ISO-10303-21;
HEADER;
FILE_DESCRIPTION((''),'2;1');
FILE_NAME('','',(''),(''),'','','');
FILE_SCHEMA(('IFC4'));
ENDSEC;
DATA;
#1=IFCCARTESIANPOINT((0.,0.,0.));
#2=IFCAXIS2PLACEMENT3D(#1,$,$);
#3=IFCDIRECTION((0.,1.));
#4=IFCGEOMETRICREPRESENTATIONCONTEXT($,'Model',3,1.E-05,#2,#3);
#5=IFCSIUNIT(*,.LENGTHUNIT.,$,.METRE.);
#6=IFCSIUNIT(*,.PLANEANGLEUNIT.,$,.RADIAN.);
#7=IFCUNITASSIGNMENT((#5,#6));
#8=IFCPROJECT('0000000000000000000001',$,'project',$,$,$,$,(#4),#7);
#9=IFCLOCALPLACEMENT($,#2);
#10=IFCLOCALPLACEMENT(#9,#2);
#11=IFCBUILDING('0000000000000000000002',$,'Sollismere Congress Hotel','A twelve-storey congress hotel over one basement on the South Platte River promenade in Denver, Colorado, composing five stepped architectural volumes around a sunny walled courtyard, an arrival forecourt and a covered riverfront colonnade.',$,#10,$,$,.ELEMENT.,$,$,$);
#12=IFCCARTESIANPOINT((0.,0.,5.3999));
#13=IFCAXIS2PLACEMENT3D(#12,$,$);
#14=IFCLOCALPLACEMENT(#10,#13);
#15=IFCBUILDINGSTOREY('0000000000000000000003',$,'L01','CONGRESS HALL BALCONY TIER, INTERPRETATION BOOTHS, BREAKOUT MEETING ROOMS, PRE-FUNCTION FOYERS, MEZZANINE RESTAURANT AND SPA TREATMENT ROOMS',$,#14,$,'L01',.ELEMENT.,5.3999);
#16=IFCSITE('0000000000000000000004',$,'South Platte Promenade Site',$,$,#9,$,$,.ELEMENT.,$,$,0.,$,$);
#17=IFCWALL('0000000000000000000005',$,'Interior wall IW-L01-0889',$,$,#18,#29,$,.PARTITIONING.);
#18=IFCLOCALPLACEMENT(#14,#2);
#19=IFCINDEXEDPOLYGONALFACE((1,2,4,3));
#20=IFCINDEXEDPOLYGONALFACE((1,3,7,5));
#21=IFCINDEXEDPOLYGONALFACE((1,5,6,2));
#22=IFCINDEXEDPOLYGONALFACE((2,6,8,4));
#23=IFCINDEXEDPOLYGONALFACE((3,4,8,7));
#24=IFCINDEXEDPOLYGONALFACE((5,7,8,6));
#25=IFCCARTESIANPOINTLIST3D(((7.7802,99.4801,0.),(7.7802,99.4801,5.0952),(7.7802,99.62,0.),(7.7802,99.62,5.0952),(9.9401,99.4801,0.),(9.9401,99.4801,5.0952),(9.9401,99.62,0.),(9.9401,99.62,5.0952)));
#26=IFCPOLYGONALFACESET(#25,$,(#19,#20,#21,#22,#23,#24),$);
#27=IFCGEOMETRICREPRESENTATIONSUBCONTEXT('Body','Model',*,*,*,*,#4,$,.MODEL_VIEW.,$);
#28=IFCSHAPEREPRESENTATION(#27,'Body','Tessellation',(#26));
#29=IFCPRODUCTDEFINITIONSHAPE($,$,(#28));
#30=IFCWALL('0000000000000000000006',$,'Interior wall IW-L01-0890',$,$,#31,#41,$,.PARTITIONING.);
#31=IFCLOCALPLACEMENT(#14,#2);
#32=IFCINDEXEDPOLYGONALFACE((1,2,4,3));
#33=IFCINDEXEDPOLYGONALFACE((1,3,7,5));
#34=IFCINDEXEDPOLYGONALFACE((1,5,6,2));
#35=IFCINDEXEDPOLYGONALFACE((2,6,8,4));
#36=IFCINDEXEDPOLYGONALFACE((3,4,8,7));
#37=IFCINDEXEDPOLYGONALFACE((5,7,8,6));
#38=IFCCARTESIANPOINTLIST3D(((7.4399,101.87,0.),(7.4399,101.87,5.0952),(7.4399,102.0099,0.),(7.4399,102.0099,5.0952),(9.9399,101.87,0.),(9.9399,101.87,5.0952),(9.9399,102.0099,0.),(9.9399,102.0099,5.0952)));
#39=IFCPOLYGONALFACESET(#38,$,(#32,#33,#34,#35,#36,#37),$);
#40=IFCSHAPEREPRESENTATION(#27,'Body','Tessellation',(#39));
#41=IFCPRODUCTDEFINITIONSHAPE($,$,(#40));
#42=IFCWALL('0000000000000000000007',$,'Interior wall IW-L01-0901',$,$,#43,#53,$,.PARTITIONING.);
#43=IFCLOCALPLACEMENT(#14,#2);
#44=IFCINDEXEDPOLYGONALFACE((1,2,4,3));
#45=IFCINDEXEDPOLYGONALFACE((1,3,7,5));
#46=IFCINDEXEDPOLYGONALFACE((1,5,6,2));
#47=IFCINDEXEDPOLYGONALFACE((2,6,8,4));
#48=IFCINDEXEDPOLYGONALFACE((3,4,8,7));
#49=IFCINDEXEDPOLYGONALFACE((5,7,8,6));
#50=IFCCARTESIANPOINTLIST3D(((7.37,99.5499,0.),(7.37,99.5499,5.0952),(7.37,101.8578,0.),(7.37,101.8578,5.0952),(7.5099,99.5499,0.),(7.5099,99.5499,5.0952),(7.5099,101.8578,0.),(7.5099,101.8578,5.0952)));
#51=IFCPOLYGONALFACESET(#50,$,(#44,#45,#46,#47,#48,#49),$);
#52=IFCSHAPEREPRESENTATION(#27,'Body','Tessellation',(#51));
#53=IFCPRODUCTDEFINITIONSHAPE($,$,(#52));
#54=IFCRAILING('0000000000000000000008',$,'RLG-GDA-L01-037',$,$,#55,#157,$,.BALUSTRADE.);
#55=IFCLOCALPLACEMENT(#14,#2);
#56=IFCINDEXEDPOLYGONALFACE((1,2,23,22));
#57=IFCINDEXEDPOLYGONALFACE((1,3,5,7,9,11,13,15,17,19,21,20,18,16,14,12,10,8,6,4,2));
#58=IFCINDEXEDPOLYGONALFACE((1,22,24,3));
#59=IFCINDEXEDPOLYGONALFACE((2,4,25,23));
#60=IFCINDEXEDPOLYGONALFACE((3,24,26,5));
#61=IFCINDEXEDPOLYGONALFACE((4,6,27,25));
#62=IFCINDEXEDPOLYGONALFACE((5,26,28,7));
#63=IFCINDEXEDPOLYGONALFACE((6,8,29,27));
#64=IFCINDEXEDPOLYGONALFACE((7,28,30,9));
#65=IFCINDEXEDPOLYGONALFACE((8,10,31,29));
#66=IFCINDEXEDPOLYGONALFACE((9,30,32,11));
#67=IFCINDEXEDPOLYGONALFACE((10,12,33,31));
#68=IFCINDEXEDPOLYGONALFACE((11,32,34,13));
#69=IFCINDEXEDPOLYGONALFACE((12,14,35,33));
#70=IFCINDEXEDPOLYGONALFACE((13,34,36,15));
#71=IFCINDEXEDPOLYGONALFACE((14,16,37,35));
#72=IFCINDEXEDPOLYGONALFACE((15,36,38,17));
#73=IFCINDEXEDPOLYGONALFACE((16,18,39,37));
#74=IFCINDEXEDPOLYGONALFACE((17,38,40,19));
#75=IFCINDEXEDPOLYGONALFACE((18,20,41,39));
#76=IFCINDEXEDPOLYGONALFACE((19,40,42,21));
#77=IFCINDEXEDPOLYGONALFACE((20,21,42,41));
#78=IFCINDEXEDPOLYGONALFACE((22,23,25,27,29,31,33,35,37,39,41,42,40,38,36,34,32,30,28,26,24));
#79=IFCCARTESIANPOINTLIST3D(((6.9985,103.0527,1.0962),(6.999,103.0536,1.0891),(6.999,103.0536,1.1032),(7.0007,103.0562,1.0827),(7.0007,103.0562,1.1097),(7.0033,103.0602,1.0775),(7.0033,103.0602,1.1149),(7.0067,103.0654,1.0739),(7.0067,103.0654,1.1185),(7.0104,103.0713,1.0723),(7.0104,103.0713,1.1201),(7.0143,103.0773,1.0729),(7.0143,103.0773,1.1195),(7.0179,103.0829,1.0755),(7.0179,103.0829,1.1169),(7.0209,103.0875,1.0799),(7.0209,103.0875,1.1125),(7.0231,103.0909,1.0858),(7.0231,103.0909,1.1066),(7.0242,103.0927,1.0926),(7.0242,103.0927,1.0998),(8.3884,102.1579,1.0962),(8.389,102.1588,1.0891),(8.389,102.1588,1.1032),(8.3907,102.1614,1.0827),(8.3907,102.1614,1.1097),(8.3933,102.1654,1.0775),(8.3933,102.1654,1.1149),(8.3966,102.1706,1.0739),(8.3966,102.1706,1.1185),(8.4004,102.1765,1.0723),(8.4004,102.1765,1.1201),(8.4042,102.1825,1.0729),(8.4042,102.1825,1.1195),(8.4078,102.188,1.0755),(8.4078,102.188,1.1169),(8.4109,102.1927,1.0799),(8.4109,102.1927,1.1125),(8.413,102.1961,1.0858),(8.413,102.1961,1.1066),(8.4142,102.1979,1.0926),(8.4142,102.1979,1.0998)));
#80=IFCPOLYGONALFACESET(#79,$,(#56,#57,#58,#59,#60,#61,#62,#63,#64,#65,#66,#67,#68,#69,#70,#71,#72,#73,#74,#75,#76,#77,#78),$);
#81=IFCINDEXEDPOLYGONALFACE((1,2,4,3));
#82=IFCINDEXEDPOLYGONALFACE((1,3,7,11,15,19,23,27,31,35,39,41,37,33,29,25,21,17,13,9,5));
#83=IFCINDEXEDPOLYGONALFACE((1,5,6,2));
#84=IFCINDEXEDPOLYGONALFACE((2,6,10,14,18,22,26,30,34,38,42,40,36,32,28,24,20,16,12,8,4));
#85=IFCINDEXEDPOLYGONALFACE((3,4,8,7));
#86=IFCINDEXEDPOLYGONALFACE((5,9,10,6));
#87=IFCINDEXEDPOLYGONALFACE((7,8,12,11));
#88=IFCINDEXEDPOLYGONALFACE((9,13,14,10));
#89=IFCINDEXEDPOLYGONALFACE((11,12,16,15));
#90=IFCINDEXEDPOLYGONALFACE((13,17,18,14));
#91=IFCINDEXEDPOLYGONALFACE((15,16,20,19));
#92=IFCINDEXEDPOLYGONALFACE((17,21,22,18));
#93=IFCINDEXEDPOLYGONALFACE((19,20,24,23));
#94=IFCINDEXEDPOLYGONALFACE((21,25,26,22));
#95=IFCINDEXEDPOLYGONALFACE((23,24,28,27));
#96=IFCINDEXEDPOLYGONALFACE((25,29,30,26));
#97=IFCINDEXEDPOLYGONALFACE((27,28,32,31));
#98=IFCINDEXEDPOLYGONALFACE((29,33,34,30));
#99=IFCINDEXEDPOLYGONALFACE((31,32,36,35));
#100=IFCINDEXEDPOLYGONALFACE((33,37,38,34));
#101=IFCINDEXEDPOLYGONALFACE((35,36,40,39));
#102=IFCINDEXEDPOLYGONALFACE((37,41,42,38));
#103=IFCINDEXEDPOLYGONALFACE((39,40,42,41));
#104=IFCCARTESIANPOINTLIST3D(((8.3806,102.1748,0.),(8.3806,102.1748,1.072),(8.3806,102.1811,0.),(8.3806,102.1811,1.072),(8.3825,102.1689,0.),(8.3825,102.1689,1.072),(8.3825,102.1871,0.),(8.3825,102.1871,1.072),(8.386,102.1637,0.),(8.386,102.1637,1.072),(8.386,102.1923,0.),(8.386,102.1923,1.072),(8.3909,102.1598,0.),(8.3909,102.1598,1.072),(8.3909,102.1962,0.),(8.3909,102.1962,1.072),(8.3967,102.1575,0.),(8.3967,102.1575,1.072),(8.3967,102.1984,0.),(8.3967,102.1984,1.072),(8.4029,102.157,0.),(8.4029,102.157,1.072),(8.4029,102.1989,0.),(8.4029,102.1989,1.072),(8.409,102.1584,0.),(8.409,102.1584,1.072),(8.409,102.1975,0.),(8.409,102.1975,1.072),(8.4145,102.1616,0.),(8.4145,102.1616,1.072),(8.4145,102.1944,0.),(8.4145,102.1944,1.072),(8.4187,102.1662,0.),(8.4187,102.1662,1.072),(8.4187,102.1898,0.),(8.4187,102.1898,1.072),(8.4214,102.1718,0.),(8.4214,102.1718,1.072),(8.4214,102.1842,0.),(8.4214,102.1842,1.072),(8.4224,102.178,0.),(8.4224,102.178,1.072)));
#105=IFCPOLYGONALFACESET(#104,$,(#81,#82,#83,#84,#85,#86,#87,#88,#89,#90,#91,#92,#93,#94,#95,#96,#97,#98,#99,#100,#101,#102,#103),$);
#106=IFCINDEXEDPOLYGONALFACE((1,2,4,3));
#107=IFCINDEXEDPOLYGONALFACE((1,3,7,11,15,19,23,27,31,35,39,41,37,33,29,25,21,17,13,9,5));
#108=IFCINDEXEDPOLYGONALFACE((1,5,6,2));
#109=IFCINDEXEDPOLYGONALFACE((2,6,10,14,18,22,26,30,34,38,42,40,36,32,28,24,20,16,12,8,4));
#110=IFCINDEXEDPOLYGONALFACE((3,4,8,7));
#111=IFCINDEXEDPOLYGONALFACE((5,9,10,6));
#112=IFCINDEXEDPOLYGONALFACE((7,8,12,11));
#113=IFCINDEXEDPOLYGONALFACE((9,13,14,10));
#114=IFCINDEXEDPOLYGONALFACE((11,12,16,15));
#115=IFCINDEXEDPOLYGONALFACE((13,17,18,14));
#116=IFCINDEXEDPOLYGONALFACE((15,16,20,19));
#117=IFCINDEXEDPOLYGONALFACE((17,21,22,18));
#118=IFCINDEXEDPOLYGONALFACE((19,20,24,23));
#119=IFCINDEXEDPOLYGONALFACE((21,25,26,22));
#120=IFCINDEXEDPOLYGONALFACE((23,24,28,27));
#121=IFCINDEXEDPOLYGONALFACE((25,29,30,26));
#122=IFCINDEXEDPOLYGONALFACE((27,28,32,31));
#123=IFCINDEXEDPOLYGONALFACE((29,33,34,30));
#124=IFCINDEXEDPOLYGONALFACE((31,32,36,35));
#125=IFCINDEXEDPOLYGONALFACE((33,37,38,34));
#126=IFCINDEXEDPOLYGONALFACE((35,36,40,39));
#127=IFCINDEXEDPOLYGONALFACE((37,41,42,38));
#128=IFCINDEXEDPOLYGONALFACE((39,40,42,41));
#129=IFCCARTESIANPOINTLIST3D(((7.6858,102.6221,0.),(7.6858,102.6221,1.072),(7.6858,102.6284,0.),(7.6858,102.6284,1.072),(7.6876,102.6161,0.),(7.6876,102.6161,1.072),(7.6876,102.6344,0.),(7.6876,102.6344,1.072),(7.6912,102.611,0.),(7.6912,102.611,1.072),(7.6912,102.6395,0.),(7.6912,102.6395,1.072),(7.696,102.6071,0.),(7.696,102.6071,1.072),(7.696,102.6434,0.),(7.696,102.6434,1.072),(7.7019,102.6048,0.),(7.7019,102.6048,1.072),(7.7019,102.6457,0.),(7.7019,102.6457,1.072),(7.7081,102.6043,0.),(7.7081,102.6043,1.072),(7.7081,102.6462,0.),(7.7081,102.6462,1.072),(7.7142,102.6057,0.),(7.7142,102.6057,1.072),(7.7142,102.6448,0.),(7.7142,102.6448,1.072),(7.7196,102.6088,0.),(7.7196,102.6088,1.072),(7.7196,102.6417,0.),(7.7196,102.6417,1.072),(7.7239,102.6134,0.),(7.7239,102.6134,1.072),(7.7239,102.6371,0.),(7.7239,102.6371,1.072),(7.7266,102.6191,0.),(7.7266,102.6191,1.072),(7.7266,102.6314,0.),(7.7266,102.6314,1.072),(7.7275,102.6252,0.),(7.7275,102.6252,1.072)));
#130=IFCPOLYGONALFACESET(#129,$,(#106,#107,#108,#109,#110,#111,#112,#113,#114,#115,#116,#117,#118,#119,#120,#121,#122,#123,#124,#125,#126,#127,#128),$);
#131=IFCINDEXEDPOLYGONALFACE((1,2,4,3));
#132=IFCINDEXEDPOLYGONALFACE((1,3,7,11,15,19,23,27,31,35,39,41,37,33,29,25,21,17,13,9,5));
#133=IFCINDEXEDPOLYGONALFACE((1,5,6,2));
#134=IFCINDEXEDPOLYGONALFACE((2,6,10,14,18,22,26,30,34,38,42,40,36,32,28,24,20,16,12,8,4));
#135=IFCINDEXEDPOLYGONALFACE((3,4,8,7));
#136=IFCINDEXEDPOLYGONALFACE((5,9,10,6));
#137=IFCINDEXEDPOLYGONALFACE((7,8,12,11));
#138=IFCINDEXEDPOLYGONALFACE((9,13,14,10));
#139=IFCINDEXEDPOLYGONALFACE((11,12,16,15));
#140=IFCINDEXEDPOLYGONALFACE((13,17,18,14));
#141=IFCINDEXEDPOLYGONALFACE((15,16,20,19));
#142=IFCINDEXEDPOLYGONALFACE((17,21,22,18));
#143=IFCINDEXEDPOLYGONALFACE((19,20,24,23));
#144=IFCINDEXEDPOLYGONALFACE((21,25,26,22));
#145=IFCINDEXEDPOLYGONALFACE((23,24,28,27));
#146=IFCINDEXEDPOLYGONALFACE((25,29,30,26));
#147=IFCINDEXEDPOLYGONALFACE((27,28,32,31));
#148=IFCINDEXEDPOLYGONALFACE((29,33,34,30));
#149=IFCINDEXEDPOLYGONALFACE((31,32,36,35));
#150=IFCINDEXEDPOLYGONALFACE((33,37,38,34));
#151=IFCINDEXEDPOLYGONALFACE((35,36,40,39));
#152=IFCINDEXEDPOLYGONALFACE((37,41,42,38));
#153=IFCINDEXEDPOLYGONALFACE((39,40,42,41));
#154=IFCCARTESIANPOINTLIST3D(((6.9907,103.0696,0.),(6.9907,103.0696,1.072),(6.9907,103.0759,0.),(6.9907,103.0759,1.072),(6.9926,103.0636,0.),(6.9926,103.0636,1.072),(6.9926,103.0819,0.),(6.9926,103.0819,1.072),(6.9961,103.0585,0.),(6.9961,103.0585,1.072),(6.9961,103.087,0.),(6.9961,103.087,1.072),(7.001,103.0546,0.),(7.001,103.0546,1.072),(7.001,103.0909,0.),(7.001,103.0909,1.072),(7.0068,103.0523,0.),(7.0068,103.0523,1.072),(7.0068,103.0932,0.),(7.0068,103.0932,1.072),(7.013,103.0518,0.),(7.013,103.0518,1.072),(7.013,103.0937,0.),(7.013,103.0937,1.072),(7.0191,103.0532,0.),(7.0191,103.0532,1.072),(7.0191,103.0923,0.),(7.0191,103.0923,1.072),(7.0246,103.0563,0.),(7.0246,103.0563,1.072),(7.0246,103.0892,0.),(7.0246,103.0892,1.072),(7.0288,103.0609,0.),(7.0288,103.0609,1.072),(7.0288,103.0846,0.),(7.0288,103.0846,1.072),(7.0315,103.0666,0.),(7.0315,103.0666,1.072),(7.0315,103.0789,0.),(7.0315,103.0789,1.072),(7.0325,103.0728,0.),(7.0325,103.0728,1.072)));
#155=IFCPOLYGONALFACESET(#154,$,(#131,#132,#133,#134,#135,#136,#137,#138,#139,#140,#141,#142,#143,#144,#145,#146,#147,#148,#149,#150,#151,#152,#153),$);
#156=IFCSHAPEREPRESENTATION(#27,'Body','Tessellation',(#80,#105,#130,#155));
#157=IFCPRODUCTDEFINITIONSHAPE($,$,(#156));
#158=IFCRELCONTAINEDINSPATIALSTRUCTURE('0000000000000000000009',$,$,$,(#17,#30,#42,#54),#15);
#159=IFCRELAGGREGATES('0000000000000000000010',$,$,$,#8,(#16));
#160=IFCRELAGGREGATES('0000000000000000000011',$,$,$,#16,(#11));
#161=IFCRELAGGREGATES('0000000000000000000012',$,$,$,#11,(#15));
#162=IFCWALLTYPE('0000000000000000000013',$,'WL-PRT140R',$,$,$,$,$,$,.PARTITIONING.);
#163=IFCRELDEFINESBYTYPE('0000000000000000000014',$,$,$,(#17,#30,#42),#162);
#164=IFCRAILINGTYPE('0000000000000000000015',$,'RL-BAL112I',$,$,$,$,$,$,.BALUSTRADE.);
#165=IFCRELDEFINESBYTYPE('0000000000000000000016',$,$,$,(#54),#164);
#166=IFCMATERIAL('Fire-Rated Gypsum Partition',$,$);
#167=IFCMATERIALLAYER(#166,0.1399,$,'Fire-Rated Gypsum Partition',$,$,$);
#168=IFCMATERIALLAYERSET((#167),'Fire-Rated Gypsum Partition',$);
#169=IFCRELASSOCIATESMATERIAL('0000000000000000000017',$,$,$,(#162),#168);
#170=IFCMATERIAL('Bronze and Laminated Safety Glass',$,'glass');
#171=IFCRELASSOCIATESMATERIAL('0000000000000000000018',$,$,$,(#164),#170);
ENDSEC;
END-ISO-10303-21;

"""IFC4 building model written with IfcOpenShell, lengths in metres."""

from ifc_helpers import new_model, si_unit, direction, frame, frame_2d, origin, origin_2d, place, context, subcontext, project, spatial, rectangle, circle, extrude, material, layer, layer_set, type_object, element, save


model = new_model("IFC4")

# Units and contexts
model_context = context("Model", 3, precision=1e-05, world=origin(), true_north=direction((0.0, 1.0)))
body_context = subcontext(model_context, "Body", "Model", "MODEL_VIEW")
ifc_project = project(units=[si_unit("LENGTHUNIT", "METRE"), si_unit("PLANEANGLEUNIT", "RADIAN")], contexts=[model_context])

# Site, building, storey
site_placement = place(None, origin())
site = spatial("IfcSite", under=ifc_project, at=site_placement, Name="South Platte Promenade Site", CompositionType="ELEMENT", RefElevation=0.0)
building_placement = place(site_placement, origin())
building = spatial("IfcBuilding", under=site, at=building_placement, Name="Sollismere Congress Hotel", Description="A twelve-storey congress hotel over one basement on the South Platte River promenade in Denver, Colorado, composing five stepped architectural volumes around a sunny walled courtyard, an arrival forecourt and a covered riverfront colonnade.", CompositionType="ELEMENT")
storey_placement = place(building_placement, frame((0.0, 0.0, 5.3999)))
storey = spatial("IfcBuildingStorey", under=building, at=storey_placement, Name="L01", Description="CONGRESS HALL BALCONY TIER, INTERPRETATION BOOTHS, BREAKOUT MEETING ROOMS, PRE-FUNCTION FOYERS, MEZZANINE RESTAURANT AND SPA TREATMENT ROOMS", LongName="L01", CompositionType="ELEMENT", Elevation=5.3999)

# Walls
ifc_material_1 = material(Name="Fire-Rated Gypsum Partition")
ifc_layer_1 = layer(ifc_material_1, 0.1399, Name="Fire-Rated Gypsum Partition")
ifc_layer_set_1 = layer_set([ifc_layer_1], Name="Fire-Rated Gypsum Partition")
wall_type = type_object("IfcWallType", Name="WL-PRT140R", PredefinedType="PARTITIONING", material=ifc_layer_set_1)
for number, where, z_axis, x_axis, name in (
    (1, (7.78, 99.55, 0.0), (0.0, 0.0, 1.0), (1.0, 0.0, 0.0), "Interior wall IW-L01-0889"),
):
    element("IfcWall", number, at=place(storey_placement, frame(where, z_axis=z_axis, x_axis=x_axis)), inside=storey, type_object=wall_type, Name=name, PredefinedType="PARTITIONING", context=body_context, shape_type="SweptSolid", body=[
        extrude(rectangle(XDim=2.1599, YDim=0.1399, at=frame_2d((1.0801, 0.0))), origin(), (0.0, 0.0, 1.0), 5.0952),
    ])
wall_1_placement = place(storey_placement, frame((7.4399, 101.9399, 0.0), z_axis=(0.0, 0.0, 1.0), x_axis=(1.0, 0.0, 0.0)))
element("IfcWall", 2, at=wall_1_placement, inside=storey, type_object=wall_type, Name="Interior wall IW-L01-0890", PredefinedType="PARTITIONING", context=body_context, shape_type="SweptSolid", body=[
    extrude(rectangle(XDim=2.5, YDim=0.1399, at=frame_2d((1.25, 0.0))), origin(), (0.0, 0.0, 1.0), 5.0952),
])
wall_2_placement = place(storey_placement, frame((7.4399, 99.55, 0.0), z_axis=(0.0, 0.0, 1.0), x_axis=(0.0, 1.0, 0.0)))
element("IfcWall", 3, at=wall_2_placement, inside=storey, type_object=wall_type, Name="Interior wall IW-L01-0901", PredefinedType="PARTITIONING", context=body_context, shape_type="SweptSolid", body=[
    extrude(rectangle(XDim=2.3079, YDim=0.1399, at=frame_2d((1.1538, 0.0))), origin(), (0.0, 0.0, 1.0), 5.0952),
])

# Railing
ifc_material_2 = material(Name="Bronze and Laminated Safety Glass", Category="glass")
railing_type = type_object("IfcRailingType", Name="RL-BAL112I", PredefinedType="BALUSTRADE", material=ifc_material_2)
railing_placement = place(storey_placement, frame((8.4014, 102.178, 0.0)))
element("IfcRailing", 4, at=railing_placement, inside=storey, type_object=railing_type, Name="RLG-GDA-L01-037", PredefinedType="BALUSTRADE", context=body_context, shape_type="SweptSolid", body=[
    extrude(circle(Radius=0.0239, at=origin_2d()), frame((0.0, 0.0, 1.0962), z_axis=(-0.840828, 0.541302, 0.0), x_axis=(-0.541302, -0.840828, 0.0)), (0.0, 0.0, 1.0), 1.6531),
    extrude(circle(Radius=0.021, at=origin_2d()), origin(), (0.0, 0.0, 1.0), 1.072),
    extrude(circle(Radius=0.021, at=origin_2d()), frame((-0.6948, 0.4473, 0.0)), (0.0, 0.0, 1.0), 1.072),
    extrude(circle(Radius=0.021, at=origin_2d()), frame((-1.3899, 0.8948, 0.0)), (0.0, 0.0, 1.0), 1.072),
])

save(model, "model.ifc")
